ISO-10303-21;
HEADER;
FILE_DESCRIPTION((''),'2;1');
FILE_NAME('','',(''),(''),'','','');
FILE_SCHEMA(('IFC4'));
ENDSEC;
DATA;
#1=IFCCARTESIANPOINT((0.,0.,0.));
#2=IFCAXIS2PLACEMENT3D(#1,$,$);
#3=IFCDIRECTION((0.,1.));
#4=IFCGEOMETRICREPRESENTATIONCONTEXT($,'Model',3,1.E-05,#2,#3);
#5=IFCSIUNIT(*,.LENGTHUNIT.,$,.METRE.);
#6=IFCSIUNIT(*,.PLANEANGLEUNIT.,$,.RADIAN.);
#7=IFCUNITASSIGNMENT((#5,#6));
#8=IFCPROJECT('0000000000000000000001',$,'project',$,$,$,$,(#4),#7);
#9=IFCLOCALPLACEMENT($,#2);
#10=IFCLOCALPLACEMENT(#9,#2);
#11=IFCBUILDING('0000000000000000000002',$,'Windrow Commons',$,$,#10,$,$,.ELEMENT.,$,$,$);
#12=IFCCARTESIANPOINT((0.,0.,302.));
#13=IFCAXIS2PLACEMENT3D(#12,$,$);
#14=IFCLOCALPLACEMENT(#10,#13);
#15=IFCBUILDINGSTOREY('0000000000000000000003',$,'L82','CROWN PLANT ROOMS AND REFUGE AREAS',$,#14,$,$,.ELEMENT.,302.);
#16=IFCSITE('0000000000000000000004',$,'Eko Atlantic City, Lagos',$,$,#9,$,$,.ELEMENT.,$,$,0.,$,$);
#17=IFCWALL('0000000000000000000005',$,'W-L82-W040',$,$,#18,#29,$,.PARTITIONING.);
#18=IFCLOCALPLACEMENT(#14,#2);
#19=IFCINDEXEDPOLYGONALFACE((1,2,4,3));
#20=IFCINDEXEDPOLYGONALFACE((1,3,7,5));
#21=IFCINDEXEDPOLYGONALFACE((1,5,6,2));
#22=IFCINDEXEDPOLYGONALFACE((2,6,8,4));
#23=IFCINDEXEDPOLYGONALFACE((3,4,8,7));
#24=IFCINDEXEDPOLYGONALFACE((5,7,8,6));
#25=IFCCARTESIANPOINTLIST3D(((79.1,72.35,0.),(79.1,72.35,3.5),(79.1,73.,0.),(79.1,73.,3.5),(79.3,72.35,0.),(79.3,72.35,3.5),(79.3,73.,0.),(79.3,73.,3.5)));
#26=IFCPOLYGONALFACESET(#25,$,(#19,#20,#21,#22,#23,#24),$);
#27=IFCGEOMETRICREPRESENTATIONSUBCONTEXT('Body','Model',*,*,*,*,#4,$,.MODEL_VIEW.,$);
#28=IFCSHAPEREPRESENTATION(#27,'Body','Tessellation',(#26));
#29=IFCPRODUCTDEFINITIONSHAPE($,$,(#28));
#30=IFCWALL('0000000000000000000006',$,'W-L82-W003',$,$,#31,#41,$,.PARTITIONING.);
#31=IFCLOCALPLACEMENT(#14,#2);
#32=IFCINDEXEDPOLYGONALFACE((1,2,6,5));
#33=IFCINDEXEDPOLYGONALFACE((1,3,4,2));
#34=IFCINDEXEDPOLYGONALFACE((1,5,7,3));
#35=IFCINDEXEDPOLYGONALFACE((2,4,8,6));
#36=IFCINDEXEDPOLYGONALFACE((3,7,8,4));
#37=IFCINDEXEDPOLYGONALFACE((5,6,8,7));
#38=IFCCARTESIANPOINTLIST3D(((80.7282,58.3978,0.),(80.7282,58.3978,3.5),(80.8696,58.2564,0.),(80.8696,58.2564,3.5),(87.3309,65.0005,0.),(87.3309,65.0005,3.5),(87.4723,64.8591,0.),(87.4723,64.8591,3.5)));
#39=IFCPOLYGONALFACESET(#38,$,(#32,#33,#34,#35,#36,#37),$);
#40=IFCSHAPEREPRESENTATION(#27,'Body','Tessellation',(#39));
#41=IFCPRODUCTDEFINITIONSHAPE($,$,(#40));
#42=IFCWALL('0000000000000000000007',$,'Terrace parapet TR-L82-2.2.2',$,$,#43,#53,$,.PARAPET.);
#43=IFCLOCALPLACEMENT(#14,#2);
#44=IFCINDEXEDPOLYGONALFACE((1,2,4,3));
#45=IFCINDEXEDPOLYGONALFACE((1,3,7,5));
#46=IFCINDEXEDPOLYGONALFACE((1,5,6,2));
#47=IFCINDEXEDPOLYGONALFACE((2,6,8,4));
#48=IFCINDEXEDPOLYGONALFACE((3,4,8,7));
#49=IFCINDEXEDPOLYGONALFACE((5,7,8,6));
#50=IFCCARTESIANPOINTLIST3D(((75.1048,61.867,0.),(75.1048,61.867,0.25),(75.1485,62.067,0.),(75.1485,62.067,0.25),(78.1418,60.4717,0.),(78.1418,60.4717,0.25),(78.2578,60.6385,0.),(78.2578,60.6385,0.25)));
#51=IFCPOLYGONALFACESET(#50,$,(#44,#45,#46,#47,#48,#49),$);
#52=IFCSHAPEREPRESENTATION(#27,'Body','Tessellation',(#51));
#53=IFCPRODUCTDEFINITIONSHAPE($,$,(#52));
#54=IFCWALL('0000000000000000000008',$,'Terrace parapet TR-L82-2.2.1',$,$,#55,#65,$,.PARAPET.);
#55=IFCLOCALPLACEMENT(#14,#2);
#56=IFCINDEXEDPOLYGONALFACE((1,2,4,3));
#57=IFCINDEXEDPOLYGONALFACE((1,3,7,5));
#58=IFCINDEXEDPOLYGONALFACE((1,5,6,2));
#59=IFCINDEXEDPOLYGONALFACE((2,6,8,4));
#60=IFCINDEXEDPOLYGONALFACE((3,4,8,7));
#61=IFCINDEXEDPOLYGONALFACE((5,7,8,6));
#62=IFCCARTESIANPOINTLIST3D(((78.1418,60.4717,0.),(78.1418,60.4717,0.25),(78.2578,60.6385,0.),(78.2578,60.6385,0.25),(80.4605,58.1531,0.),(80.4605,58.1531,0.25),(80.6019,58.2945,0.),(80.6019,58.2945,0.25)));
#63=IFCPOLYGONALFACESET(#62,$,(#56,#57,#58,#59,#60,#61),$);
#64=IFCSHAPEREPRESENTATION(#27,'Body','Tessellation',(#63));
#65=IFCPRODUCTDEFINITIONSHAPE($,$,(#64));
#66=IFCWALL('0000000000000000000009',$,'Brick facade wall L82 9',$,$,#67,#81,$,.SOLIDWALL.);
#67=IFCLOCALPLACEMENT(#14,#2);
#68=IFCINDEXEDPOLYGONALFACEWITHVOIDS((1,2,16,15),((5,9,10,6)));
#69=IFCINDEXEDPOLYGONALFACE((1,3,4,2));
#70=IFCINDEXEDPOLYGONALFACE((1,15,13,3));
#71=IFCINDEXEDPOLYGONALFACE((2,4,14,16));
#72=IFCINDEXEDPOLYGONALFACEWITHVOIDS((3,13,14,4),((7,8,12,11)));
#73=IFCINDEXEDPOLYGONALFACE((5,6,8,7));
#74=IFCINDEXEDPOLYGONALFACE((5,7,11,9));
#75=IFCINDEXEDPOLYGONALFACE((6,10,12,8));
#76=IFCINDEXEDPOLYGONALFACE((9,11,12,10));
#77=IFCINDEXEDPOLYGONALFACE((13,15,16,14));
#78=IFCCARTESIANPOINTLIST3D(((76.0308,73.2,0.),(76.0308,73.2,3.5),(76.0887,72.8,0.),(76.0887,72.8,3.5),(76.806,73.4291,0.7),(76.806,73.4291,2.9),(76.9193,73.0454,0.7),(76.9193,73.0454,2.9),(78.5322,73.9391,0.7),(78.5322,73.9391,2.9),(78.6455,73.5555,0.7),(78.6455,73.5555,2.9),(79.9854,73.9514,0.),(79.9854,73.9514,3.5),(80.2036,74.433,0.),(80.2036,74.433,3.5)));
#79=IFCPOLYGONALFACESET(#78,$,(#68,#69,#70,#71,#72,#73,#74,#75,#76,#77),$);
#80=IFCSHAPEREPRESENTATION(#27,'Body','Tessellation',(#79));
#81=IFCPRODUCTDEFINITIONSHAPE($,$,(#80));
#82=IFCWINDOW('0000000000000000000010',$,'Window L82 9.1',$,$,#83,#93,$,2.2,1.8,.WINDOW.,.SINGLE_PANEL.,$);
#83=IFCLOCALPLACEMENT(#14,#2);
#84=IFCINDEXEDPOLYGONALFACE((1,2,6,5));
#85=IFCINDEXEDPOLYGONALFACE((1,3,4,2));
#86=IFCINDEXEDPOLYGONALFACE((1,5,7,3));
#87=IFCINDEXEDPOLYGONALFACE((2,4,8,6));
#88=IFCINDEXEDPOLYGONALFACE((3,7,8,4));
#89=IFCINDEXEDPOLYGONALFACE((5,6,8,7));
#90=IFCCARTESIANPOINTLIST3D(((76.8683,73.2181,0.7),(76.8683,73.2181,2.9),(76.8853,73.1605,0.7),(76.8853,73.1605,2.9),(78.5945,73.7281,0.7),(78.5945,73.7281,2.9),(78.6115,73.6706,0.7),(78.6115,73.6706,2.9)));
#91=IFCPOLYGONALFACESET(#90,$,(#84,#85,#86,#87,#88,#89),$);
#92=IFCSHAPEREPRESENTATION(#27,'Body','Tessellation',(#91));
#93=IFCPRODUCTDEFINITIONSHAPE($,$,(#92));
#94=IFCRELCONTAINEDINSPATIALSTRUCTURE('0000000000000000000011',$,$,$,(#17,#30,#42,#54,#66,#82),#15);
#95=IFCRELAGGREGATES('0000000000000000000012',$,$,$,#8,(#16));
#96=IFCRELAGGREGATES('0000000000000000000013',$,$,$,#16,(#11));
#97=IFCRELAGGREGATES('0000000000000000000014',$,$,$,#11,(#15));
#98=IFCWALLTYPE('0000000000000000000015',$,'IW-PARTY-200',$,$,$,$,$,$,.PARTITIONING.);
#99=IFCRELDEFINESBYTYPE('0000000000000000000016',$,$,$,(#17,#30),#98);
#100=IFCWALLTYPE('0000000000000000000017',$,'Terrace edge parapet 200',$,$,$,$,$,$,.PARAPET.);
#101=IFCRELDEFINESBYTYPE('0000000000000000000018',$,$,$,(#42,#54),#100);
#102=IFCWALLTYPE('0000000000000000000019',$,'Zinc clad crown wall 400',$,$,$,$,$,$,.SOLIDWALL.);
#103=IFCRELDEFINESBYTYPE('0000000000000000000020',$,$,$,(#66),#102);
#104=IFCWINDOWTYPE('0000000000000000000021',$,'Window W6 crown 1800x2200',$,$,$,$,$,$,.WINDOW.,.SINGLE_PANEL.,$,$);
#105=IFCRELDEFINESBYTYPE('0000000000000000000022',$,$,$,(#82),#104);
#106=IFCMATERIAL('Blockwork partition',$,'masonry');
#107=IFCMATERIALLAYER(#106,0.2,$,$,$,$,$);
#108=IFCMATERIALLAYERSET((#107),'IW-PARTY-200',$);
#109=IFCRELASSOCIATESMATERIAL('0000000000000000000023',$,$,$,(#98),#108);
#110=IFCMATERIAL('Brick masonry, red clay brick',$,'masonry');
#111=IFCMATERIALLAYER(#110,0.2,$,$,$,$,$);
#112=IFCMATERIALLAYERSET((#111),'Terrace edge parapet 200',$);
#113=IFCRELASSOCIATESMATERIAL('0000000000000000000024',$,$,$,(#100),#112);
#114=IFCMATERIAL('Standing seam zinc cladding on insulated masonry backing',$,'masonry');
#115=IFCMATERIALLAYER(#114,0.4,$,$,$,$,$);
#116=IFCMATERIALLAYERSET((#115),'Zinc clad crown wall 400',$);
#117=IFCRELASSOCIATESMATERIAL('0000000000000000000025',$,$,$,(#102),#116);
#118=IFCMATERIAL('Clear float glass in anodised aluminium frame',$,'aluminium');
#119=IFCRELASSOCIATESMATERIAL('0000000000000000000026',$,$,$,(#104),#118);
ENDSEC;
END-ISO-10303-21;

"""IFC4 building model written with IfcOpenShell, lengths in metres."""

from ifc_helpers import new_model, si_unit, direction, frame, frame_2d, origin, place, context, subcontext, project, spatial, polyline, rectangle, outline, extrude, material, layer, layer_set, type_object, element, fill, save


model = new_model("IFC4")

# Units and contexts
model_context = context("Model", 3, precision=1e-05, world=origin(), true_north=direction((0.0, 1.0)))
body_context = subcontext(model_context, "Body", "Model", "MODEL_VIEW")
ifc_project = project(units=[si_unit("LENGTHUNIT", "METRE"), si_unit("PLANEANGLEUNIT", "RADIAN")], contexts=[model_context])

# Site, building, storey
site_placement = place(None, origin())
site = spatial("IfcSite", under=ifc_project, at=site_placement, Name="Eko Atlantic City, Lagos", CompositionType="ELEMENT", RefElevation=0.0)
building_placement = place(site_placement, origin())
building = spatial("IfcBuilding", under=site, at=building_placement, Name="Windrow Commons", CompositionType="ELEMENT")
storey_placement = place(building_placement, frame((0.0, 0.0, 302.0)))
storey = spatial("IfcBuildingStorey", under=building, at=storey_placement, Name="L82", Description="CROWN PLANT ROOMS AND REFUGE AREAS", CompositionType="ELEMENT", Elevation=302.0)

# Walls
ifc_material_1 = material(Name="Blockwork partition", Category="masonry")
ifc_layer_1 = layer(ifc_material_1, 0.2)
ifc_layer_set_1 = layer_set([ifc_layer_1], Name="IW-PARTY-200")
wall_type_1 = type_object("IfcWallType", Name="IW-PARTY-200", PredefinedType="PARTITIONING", material=ifc_layer_set_1)
wall_1_placement = place(storey_placement, frame((79.2, 72.35, 0.0), z_axis=(0.0, 0.0, 1.0), x_axis=(0.0, 1.0, 0.0)))
element("IfcWall", 1, at=wall_1_placement, inside=storey, type_object=wall_type_1, Name="W-L82-W040", PredefinedType="PARTITIONING", context=body_context, shape_type="SweptSolid", body=[
    extrude(rectangle(XDim=0.65, YDim=0.2, at=frame_2d((0.325, 0.0))), origin(), (0.0, 0.0, 1.0), 3.5),
])
wall_2_placement = place(storey_placement, frame((80.7989, 58.3271, 0.0), z_axis=(0.0, 0.0, 1.0), x_axis=(0.707107, 0.707107, 0.0)))
element("IfcWall", 2, at=wall_2_placement, inside=storey, type_object=wall_type_1, Name="W-L82-W003", PredefinedType="PARTITIONING", context=body_context, shape_type="SweptSolid", body=[
    extrude(outline(polyline([(0.0, -0.1), (9.3376, -0.1), (9.3376, 0.1), (0.0, 0.1), (0.0, -0.1)])), origin(), (0.0, 0.0, 1.0), 3.5),
])
ifc_material_2 = material(Name="Brick masonry, red clay brick", Category="masonry")
ifc_layer_2 = layer(ifc_material_2, 0.2)
ifc_layer_set_2 = layer_set([ifc_layer_2], Name="Terrace edge parapet 200")
wall_type_2 = type_object("IfcWallType", Name="Terrace edge parapet 200", PredefinedType="PARAPET", material=ifc_layer_set_2)
wall_3_placement = place(storey_placement, frame((78.1998, 60.5551, 0.0), z_axis=(0.0, 0.0, 1.0), x_axis=(-0.908689, 0.417473, 0.0)))
element("IfcWall", 3, at=wall_3_placement, inside=storey, type_object=wall_type_2, Name="Terrace parapet TR-L82-2.2.2", PredefinedType="PARAPET", context=body_context, shape_type="SweptSolid", body=[
    extrude(outline(polyline([(-0.0179, -0.1), (3.4039, -0.1), (3.3601, 0.1), (0.0179, 0.1), (-0.0179, -0.1)])), origin(), (0.0, 0.0, 1.0), 0.25),
])
wall_4_placement = place(storey_placement, frame((80.5312, 58.2238, 0.0), z_axis=(0.0, 0.0, 1.0), x_axis=(-0.707122, 0.707092, 0.0)))
element("IfcWall", 4, at=wall_4_placement, inside=storey, type_object=wall_type_2, Name="Terrace parapet TR-L82-2.2.1", PredefinedType="PARAPET", context=body_context, shape_type="SweptSolid", body=[
    extrude(outline(polyline([(0.0, -0.1), (3.315, -0.1), (3.2791, 0.1), (0.0, 0.1), (0.0, -0.1)])), origin(), (0.0, 0.0, 1.0), 0.25),
])

# Wall, opening, window
ifc_material_3 = material(Name="Standing seam zinc cladding on insulated masonry backing", Category="masonry")
ifc_layer_3 = layer(ifc_material_3, 0.4)
ifc_layer_set_3 = layer_set([ifc_layer_3], Name="Zinc clad crown wall 400")
wall_type_3 = type_object("IfcWallType", Name="Zinc clad crown wall 400", PredefinedType="SOLIDWALL", material=ifc_layer_set_3)
wall_5_placement = place(storey_placement, frame((80.0945, 74.1922, 0.0), z_axis=(0.0, 0.0, 1.0), x_axis=(-0.959011, -0.283368, 0.0)))
wall_5 = element("IfcWall", 5, at=wall_5_placement, inside=storey, type_object=wall_type_3, Name="Brick facade wall L82 9", PredefinedType="SOLIDWALL", context=body_context, shape_type="SweptSolid", body=[
    extrude(outline(polyline([(-0.1729, -0.2), (4.1783, -0.2), (4.2361, 0.2), (0.1729, 0.2), (-0.1729, -0.2)])), origin(), (0.0, 0.0, 1.0), 3.5),
])
opening_1_placement = place(wall_5_placement, frame((1.57, 0.0, 0.7)))
opening_1 = element("IfcOpeningElement", 6, at=opening_1_placement, cuts=wall_5, PredefinedType="OPENING", context=body_context, shape_type="SweptSolid", body=[
    extrude(rectangle(XDim=1.8, YDim=2.2, at=frame_2d((0.9, 1.1))), frame((0.0, 0.21, 0.0), z_axis=(0.0, -1.0, 0.0), x_axis=(1.0, 0.0, 0.0)), (0.0, 0.0, 1.0), 0.42),
])
ifc_material_4 = material(Name="Clear float glass in anodised aluminium frame", Category="aluminium")
window_type = type_object("IfcWindowType", Name="Window W6 crown 1800x2200", PartitioningType="SINGLE_PANEL", PredefinedType="WINDOW", material=ifc_material_4)
window_placement = place(opening_1_placement, origin())
window = element("IfcWindow", 7, at=window_placement, inside=storey, type_object=window_type, Name="Window L82 9.1", OverallHeight=2.2, OverallWidth=1.8, PartitioningType="SINGLE_PANEL", PredefinedType="WINDOW", context=body_context, shape_type="SweptSolid", body=[
    extrude(rectangle(XDim=1.8, YDim=2.2, at=frame_2d((0.9, 1.1))), frame((0.0, 0.08, 0.0), z_axis=(0.0, -1.0, 0.0), x_axis=(1.0, 0.0, 0.0)), (0.0, 0.0, 1.0), 0.06),
])
fill(opening_1, window)

save(model, "model.ifc")
